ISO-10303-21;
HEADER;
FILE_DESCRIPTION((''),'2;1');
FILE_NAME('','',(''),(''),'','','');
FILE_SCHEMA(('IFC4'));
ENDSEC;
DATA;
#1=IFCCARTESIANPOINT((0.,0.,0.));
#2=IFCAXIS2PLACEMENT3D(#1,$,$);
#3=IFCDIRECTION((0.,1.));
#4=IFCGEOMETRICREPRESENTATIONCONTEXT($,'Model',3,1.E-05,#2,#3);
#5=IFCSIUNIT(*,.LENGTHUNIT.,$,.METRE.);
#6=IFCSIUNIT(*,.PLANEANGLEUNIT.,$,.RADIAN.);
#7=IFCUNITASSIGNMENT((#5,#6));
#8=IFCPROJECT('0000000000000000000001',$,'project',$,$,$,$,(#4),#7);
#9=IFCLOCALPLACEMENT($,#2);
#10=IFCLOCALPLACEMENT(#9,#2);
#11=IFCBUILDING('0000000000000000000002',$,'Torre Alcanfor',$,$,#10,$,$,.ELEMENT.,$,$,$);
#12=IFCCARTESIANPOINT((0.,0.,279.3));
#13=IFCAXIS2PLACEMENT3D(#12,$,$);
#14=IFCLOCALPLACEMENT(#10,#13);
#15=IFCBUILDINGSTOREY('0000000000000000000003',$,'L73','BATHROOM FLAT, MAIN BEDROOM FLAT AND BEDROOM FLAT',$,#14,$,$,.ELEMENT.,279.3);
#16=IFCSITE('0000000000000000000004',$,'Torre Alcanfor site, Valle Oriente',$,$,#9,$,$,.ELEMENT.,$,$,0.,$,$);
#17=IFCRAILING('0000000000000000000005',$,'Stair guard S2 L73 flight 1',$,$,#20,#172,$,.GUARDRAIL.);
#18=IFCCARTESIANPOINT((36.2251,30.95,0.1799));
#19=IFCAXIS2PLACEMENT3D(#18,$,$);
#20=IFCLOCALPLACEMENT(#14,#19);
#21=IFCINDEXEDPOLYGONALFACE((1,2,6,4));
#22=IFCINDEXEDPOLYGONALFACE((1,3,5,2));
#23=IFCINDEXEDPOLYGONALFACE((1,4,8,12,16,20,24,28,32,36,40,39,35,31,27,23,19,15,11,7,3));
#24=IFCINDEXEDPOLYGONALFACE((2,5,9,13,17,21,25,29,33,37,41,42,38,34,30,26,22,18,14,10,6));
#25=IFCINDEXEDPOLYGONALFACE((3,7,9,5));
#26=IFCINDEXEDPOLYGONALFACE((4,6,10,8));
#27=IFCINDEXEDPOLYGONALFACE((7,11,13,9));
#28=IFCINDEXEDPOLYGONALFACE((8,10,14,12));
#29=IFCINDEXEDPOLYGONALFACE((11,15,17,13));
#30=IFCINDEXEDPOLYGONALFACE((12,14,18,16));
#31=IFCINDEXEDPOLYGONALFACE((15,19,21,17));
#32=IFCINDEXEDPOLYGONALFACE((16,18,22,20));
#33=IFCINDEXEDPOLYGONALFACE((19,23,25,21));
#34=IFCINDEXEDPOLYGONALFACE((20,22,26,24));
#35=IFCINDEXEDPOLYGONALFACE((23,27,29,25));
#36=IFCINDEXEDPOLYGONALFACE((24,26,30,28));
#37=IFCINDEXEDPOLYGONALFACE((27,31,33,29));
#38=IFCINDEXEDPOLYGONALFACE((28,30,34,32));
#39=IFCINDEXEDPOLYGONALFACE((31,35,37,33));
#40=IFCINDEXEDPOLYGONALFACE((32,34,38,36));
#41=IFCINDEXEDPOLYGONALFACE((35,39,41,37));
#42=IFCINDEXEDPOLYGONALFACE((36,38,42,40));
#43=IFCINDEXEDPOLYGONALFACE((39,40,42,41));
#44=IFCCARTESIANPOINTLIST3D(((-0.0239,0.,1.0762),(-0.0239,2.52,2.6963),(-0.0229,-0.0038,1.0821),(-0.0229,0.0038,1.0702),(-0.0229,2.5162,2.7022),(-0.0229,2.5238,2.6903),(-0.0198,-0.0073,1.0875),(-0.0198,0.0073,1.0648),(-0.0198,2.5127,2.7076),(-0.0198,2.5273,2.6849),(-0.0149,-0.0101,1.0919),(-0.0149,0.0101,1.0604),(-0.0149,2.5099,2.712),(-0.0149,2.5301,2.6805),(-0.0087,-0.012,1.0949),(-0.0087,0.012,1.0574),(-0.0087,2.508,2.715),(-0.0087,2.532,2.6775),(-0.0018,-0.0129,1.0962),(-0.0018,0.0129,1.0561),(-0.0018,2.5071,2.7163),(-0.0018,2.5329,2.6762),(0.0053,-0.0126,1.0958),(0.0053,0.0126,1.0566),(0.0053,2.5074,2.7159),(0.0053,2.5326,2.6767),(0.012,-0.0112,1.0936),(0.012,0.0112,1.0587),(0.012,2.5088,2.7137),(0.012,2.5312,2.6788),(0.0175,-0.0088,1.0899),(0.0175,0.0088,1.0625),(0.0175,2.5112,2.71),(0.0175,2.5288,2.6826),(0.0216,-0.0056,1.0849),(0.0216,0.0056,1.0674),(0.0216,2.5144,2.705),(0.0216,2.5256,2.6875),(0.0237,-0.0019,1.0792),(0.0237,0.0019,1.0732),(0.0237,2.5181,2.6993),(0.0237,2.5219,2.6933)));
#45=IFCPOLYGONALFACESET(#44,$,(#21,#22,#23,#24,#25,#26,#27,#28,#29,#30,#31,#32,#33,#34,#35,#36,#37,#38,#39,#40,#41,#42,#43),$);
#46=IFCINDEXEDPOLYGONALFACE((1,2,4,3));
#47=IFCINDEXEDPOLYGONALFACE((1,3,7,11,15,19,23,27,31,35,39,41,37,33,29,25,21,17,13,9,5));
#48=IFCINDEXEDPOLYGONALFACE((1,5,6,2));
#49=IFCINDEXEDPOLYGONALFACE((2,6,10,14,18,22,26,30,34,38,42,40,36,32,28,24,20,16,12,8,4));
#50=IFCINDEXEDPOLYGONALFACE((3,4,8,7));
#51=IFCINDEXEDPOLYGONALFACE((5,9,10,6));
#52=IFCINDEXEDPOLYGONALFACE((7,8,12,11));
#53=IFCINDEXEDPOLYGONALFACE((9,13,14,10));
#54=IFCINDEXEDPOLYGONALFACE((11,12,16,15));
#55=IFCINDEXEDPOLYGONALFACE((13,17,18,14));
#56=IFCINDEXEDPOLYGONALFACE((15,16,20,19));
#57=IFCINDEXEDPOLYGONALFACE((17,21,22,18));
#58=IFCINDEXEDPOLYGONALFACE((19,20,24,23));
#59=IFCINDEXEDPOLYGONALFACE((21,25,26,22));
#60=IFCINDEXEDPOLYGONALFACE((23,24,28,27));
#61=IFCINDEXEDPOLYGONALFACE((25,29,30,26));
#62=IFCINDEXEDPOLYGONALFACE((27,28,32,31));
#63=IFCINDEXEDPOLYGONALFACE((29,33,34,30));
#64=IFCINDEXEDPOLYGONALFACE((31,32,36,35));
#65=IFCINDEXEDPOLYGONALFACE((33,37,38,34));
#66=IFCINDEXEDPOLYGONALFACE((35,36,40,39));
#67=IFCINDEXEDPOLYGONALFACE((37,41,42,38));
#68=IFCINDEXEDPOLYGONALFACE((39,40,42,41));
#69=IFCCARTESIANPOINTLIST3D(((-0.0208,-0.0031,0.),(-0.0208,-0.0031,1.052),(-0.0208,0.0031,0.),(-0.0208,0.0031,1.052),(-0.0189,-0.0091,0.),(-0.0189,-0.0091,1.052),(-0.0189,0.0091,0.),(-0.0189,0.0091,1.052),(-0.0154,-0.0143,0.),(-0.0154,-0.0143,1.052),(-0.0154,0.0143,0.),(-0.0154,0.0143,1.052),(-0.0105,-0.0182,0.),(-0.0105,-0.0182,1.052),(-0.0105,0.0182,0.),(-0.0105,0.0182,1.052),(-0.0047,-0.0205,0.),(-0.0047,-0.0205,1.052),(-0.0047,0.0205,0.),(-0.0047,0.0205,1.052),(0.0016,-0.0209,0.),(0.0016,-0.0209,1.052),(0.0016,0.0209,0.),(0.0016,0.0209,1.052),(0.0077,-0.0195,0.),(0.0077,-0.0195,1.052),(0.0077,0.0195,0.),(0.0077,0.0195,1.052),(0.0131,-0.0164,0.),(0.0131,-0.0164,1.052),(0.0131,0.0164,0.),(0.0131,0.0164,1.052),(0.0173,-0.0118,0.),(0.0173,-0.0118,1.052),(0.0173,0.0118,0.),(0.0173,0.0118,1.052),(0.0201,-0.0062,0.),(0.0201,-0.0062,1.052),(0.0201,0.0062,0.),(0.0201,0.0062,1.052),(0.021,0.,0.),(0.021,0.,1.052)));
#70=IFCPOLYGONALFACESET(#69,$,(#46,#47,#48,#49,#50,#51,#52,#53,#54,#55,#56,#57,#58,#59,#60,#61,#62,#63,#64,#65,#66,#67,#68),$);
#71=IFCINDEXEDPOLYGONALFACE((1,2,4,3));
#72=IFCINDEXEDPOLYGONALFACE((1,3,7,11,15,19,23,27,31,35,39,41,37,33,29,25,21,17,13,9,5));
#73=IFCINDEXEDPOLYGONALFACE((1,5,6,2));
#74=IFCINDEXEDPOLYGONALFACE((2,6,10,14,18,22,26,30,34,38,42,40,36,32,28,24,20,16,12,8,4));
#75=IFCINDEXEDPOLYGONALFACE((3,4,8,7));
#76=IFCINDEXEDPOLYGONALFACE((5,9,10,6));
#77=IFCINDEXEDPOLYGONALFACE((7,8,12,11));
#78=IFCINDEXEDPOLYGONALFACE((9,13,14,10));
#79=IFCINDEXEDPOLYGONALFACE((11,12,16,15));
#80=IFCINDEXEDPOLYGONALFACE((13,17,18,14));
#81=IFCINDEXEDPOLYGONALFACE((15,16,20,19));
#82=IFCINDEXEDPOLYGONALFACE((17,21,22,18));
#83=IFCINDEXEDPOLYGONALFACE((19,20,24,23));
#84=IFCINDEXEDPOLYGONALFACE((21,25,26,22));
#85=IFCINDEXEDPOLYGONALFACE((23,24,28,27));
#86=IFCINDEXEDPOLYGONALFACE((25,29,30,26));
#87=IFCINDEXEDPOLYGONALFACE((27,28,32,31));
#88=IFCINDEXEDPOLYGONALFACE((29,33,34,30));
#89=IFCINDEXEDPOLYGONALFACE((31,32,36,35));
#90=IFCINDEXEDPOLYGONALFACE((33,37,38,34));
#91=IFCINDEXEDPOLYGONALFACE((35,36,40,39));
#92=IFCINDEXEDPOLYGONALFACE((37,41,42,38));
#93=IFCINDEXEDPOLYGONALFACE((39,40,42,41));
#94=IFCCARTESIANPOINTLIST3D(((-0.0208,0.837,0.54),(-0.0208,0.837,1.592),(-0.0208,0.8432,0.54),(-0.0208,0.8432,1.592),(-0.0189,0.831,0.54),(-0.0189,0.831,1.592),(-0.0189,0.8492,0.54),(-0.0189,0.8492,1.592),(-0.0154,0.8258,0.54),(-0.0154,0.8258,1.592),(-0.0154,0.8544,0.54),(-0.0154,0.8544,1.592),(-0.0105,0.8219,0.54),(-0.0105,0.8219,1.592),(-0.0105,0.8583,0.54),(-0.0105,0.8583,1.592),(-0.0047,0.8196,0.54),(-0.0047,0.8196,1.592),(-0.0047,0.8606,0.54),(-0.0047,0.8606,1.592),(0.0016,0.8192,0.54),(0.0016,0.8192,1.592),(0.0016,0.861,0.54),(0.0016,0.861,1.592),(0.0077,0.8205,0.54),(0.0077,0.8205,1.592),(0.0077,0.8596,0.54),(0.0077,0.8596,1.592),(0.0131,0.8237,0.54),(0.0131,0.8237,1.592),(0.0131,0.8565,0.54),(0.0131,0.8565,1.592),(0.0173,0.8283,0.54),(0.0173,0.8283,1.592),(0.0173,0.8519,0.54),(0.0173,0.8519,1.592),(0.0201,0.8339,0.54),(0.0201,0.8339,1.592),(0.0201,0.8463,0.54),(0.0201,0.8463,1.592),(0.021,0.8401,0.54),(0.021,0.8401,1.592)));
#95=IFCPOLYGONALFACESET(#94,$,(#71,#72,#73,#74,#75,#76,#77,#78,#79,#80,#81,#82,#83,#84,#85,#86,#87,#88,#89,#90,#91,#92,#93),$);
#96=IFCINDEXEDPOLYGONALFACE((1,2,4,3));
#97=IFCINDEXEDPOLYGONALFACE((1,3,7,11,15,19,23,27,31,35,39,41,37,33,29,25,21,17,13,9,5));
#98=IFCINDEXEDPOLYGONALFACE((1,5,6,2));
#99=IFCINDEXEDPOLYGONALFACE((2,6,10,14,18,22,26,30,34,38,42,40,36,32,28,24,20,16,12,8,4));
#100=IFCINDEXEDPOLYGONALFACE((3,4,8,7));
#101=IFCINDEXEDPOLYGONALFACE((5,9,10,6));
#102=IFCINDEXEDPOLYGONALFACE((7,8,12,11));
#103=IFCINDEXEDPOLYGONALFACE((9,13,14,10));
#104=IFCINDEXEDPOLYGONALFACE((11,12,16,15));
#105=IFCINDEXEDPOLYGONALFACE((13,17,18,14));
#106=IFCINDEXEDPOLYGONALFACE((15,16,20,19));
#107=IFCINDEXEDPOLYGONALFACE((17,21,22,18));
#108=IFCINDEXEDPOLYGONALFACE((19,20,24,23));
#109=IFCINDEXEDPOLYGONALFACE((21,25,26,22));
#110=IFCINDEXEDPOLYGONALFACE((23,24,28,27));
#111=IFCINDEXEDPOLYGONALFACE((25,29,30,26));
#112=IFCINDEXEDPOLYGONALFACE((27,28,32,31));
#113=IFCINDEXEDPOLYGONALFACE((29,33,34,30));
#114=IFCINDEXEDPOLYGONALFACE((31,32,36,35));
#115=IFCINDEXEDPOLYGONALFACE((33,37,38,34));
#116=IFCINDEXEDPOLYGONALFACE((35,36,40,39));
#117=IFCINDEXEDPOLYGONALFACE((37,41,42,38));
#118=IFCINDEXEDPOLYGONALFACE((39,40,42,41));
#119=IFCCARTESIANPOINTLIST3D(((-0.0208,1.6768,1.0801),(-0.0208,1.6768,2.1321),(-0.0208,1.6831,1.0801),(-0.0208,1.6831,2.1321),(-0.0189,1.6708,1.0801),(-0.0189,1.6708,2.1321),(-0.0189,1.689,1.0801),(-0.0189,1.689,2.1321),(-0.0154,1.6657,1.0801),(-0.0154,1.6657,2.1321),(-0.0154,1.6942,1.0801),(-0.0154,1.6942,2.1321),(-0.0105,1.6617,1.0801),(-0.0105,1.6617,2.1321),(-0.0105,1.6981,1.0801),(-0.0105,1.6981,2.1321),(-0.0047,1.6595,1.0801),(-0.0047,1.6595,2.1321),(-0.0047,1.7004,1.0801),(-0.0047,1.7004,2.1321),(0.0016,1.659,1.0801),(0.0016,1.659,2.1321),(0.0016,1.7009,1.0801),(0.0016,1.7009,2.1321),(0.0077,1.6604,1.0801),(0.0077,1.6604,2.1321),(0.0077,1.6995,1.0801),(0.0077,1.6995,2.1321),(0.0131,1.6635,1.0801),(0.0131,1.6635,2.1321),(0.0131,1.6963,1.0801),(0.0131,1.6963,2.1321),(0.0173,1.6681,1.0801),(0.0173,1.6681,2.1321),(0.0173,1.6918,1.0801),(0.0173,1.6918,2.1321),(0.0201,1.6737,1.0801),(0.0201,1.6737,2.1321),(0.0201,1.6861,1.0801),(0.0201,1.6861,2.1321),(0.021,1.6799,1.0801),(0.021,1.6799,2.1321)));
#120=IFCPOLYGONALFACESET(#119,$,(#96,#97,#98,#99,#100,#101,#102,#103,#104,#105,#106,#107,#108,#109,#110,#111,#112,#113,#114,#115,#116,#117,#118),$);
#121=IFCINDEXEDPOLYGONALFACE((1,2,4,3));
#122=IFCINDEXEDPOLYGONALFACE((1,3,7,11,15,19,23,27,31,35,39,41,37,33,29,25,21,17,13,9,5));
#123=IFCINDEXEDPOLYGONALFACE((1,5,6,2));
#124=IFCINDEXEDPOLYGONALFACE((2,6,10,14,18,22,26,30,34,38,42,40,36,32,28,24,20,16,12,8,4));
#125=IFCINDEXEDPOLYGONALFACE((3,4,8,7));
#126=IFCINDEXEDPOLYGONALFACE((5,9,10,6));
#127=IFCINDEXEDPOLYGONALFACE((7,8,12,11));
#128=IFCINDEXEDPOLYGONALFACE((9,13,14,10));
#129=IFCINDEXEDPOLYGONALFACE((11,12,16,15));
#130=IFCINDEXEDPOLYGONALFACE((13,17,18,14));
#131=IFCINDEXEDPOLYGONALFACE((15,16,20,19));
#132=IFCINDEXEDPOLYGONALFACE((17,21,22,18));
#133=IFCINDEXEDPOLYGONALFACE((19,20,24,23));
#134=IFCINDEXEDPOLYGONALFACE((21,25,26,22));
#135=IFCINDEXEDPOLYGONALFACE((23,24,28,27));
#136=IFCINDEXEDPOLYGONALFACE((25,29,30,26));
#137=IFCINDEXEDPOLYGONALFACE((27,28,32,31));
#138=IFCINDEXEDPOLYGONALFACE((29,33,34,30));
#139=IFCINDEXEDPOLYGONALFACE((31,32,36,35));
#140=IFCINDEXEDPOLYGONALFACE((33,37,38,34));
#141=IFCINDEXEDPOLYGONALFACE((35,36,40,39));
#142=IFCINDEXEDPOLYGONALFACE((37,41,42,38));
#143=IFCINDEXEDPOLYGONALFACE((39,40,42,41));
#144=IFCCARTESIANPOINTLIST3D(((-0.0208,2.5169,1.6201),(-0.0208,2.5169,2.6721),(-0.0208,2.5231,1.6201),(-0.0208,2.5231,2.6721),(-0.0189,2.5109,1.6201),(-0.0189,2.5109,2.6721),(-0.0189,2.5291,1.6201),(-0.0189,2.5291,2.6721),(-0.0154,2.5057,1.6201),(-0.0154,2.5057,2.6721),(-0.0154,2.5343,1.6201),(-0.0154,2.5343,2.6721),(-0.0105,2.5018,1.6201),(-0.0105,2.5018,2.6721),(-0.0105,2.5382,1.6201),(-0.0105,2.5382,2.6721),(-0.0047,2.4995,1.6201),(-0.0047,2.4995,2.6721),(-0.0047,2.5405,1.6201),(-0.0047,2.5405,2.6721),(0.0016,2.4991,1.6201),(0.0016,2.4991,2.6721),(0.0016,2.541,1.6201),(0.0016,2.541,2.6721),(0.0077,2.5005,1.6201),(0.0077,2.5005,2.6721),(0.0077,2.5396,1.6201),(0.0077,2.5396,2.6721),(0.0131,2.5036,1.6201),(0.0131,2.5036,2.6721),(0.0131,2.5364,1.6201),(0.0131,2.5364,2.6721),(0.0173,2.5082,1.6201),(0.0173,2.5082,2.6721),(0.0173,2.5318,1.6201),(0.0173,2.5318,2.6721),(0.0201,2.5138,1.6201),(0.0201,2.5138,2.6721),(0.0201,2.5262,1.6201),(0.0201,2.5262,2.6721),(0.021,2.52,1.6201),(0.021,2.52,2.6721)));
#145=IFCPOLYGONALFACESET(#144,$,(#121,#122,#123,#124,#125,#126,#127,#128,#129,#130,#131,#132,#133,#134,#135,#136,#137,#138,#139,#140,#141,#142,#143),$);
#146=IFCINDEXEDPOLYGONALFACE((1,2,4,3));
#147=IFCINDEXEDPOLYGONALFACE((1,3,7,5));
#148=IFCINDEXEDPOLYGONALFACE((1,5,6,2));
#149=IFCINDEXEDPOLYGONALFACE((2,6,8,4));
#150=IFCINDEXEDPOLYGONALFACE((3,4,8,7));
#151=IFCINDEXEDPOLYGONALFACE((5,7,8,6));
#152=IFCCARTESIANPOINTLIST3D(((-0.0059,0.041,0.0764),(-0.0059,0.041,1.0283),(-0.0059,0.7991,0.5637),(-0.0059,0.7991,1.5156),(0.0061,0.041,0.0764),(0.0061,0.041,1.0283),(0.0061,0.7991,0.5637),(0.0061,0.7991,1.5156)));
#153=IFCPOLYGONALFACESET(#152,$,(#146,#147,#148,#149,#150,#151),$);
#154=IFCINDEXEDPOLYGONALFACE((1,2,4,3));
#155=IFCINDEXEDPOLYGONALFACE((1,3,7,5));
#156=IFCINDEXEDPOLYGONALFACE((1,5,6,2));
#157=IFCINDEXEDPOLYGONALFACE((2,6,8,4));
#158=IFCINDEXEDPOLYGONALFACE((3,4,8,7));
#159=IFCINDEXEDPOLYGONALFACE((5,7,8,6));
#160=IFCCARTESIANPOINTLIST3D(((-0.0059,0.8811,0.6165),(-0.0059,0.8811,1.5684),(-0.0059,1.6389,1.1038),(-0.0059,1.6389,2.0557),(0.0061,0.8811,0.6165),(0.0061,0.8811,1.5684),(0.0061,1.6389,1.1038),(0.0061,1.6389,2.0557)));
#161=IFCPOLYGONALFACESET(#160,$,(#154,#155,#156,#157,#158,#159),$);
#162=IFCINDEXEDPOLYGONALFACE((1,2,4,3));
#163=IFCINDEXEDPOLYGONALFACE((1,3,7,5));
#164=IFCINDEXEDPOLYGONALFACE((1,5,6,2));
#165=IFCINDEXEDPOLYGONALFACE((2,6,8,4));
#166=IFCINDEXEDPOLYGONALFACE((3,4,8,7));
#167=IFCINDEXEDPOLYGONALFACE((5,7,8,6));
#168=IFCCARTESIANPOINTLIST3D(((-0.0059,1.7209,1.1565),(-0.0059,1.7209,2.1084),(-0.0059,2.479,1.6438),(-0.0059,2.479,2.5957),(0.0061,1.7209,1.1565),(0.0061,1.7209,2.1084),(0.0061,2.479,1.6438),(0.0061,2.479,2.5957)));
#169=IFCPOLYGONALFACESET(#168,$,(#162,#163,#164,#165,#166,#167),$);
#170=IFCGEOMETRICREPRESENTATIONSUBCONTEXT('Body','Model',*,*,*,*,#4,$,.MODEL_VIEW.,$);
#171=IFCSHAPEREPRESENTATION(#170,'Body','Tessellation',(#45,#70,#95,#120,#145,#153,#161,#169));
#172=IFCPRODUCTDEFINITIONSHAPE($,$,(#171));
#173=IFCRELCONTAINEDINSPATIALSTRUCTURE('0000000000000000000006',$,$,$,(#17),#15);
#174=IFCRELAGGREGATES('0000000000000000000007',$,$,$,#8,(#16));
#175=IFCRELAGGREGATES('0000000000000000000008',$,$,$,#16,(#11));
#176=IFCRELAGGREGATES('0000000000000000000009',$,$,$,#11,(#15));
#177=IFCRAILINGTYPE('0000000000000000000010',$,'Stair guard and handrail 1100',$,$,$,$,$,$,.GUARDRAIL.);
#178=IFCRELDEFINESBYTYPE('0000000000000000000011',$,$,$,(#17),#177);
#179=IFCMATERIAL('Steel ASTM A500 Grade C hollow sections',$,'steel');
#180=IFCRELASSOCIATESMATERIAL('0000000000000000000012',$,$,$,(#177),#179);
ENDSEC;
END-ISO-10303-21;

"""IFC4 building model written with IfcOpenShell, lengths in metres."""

from ifc_helpers import new_model, si_unit, direction, frame, origin, origin_2d, place, context, subcontext, project, spatial, polyline, circle, outline, extrude, material, type_object, element, save


model = new_model("IFC4")

# Units and contexts
model_context = context("Model", 3, precision=1e-05, world=origin(), true_north=direction((0.0, 1.0)))
body_context = subcontext(model_context, "Body", "Model", "MODEL_VIEW")
ifc_project = project(units=[si_unit("LENGTHUNIT", "METRE"), si_unit("PLANEANGLEUNIT", "RADIAN")], contexts=[model_context])

# Site, building, storey
site_placement = place(None, origin())
site = spatial("IfcSite", under=ifc_project, at=site_placement, Name="Torre Alcanfor site, Valle Oriente", CompositionType="ELEMENT", RefElevation=0.0)
building_placement = place(site_placement, origin())
building = spatial("IfcBuilding", under=site, at=building_placement, Name="Torre Alcanfor", CompositionType="ELEMENT")
storey_placement = place(building_placement, frame((0.0, 0.0, 279.3)))
storey = spatial("IfcBuildingStorey", under=building, at=storey_placement, Name="L73", Description="BATHROOM FLAT, MAIN BEDROOM FLAT AND BEDROOM FLAT", CompositionType="ELEMENT", Elevation=279.3)

# Railing
ifc_material_1 = material(Name="Steel ASTM A500 Grade C hollow sections", Category="steel")
railing_type_1 = type_object("IfcRailingType", Name="Stair guard and handrail 1100", PredefinedType="GUARDRAIL", material=ifc_material_1)
railing_1_placement = place(storey_placement, frame((36.2251, 30.95, 0.1799)))
element("IfcRailing", 1, at=railing_1_placement, inside=storey, type_object=railing_type_1, Name="Stair guard S2 L73 flight 1", PredefinedType="GUARDRAIL", context=body_context, shape_type="SweptSolid", body=[
    extrude(circle(Radius=0.0239, at=origin_2d()), frame((0.0, 0.0, 1.0762), z_axis=(0.0, 0.841163, 0.540782), x_axis=(-1.0, 0.0, 0.0)), (0.0, 0.0, 1.0), 2.9958),
    extrude(circle(Radius=0.021, at=origin_2d()), origin(), (0.0, 0.0, 1.0), 1.052),
    extrude(circle(Radius=0.021, at=origin_2d()), frame((0.0, 0.8401, 0.54)), (0.0, 0.0, 1.0), 1.052),
    extrude(circle(Radius=0.021, at=origin_2d()), frame((0.0, 1.6799, 1.0801)), (0.0, 0.0, 1.0), 1.052),
    extrude(circle(Radius=0.021, at=origin_2d()), frame((0.0, 2.52, 1.6201)), (0.0, 0.0, 1.0), 1.052),
    extrude(outline(polyline([(0.041, 0.0764), (0.7991, 0.5637), (0.7991, 1.5156), (0.041, 1.0283), (0.041, 0.0764)])), frame((-0.0059, 0.0, 0.0), z_axis=(1.0, 0.0, 0.0), x_axis=(0.0, 1.0, 0.0)), (0.0, 0.0, 1.0), 0.012),
    extrude(outline(polyline([(0.8811, 0.6165), (1.6389, 1.1038), (1.6389, 2.0557), (0.8811, 1.5684), (0.8811, 0.6165)])), frame((-0.0059, 0.0, 0.0), z_axis=(1.0, 0.0, 0.0), x_axis=(0.0, 1.0, 0.0)), (0.0, 0.0, 1.0), 0.012),
    extrude(outline(polyline([(1.7209, 1.1565), (2.479, 1.6438), (2.479, 2.5957), (1.7209, 2.1084), (1.7209, 1.1565)])), frame((-0.0059, 0.0, 0.0), z_axis=(1.0, 0.0, 0.0), x_axis=(0.0, 1.0, 0.0)), (0.0, 0.0, 1.0), 0.012),
])

save(model, "model.ifc")
